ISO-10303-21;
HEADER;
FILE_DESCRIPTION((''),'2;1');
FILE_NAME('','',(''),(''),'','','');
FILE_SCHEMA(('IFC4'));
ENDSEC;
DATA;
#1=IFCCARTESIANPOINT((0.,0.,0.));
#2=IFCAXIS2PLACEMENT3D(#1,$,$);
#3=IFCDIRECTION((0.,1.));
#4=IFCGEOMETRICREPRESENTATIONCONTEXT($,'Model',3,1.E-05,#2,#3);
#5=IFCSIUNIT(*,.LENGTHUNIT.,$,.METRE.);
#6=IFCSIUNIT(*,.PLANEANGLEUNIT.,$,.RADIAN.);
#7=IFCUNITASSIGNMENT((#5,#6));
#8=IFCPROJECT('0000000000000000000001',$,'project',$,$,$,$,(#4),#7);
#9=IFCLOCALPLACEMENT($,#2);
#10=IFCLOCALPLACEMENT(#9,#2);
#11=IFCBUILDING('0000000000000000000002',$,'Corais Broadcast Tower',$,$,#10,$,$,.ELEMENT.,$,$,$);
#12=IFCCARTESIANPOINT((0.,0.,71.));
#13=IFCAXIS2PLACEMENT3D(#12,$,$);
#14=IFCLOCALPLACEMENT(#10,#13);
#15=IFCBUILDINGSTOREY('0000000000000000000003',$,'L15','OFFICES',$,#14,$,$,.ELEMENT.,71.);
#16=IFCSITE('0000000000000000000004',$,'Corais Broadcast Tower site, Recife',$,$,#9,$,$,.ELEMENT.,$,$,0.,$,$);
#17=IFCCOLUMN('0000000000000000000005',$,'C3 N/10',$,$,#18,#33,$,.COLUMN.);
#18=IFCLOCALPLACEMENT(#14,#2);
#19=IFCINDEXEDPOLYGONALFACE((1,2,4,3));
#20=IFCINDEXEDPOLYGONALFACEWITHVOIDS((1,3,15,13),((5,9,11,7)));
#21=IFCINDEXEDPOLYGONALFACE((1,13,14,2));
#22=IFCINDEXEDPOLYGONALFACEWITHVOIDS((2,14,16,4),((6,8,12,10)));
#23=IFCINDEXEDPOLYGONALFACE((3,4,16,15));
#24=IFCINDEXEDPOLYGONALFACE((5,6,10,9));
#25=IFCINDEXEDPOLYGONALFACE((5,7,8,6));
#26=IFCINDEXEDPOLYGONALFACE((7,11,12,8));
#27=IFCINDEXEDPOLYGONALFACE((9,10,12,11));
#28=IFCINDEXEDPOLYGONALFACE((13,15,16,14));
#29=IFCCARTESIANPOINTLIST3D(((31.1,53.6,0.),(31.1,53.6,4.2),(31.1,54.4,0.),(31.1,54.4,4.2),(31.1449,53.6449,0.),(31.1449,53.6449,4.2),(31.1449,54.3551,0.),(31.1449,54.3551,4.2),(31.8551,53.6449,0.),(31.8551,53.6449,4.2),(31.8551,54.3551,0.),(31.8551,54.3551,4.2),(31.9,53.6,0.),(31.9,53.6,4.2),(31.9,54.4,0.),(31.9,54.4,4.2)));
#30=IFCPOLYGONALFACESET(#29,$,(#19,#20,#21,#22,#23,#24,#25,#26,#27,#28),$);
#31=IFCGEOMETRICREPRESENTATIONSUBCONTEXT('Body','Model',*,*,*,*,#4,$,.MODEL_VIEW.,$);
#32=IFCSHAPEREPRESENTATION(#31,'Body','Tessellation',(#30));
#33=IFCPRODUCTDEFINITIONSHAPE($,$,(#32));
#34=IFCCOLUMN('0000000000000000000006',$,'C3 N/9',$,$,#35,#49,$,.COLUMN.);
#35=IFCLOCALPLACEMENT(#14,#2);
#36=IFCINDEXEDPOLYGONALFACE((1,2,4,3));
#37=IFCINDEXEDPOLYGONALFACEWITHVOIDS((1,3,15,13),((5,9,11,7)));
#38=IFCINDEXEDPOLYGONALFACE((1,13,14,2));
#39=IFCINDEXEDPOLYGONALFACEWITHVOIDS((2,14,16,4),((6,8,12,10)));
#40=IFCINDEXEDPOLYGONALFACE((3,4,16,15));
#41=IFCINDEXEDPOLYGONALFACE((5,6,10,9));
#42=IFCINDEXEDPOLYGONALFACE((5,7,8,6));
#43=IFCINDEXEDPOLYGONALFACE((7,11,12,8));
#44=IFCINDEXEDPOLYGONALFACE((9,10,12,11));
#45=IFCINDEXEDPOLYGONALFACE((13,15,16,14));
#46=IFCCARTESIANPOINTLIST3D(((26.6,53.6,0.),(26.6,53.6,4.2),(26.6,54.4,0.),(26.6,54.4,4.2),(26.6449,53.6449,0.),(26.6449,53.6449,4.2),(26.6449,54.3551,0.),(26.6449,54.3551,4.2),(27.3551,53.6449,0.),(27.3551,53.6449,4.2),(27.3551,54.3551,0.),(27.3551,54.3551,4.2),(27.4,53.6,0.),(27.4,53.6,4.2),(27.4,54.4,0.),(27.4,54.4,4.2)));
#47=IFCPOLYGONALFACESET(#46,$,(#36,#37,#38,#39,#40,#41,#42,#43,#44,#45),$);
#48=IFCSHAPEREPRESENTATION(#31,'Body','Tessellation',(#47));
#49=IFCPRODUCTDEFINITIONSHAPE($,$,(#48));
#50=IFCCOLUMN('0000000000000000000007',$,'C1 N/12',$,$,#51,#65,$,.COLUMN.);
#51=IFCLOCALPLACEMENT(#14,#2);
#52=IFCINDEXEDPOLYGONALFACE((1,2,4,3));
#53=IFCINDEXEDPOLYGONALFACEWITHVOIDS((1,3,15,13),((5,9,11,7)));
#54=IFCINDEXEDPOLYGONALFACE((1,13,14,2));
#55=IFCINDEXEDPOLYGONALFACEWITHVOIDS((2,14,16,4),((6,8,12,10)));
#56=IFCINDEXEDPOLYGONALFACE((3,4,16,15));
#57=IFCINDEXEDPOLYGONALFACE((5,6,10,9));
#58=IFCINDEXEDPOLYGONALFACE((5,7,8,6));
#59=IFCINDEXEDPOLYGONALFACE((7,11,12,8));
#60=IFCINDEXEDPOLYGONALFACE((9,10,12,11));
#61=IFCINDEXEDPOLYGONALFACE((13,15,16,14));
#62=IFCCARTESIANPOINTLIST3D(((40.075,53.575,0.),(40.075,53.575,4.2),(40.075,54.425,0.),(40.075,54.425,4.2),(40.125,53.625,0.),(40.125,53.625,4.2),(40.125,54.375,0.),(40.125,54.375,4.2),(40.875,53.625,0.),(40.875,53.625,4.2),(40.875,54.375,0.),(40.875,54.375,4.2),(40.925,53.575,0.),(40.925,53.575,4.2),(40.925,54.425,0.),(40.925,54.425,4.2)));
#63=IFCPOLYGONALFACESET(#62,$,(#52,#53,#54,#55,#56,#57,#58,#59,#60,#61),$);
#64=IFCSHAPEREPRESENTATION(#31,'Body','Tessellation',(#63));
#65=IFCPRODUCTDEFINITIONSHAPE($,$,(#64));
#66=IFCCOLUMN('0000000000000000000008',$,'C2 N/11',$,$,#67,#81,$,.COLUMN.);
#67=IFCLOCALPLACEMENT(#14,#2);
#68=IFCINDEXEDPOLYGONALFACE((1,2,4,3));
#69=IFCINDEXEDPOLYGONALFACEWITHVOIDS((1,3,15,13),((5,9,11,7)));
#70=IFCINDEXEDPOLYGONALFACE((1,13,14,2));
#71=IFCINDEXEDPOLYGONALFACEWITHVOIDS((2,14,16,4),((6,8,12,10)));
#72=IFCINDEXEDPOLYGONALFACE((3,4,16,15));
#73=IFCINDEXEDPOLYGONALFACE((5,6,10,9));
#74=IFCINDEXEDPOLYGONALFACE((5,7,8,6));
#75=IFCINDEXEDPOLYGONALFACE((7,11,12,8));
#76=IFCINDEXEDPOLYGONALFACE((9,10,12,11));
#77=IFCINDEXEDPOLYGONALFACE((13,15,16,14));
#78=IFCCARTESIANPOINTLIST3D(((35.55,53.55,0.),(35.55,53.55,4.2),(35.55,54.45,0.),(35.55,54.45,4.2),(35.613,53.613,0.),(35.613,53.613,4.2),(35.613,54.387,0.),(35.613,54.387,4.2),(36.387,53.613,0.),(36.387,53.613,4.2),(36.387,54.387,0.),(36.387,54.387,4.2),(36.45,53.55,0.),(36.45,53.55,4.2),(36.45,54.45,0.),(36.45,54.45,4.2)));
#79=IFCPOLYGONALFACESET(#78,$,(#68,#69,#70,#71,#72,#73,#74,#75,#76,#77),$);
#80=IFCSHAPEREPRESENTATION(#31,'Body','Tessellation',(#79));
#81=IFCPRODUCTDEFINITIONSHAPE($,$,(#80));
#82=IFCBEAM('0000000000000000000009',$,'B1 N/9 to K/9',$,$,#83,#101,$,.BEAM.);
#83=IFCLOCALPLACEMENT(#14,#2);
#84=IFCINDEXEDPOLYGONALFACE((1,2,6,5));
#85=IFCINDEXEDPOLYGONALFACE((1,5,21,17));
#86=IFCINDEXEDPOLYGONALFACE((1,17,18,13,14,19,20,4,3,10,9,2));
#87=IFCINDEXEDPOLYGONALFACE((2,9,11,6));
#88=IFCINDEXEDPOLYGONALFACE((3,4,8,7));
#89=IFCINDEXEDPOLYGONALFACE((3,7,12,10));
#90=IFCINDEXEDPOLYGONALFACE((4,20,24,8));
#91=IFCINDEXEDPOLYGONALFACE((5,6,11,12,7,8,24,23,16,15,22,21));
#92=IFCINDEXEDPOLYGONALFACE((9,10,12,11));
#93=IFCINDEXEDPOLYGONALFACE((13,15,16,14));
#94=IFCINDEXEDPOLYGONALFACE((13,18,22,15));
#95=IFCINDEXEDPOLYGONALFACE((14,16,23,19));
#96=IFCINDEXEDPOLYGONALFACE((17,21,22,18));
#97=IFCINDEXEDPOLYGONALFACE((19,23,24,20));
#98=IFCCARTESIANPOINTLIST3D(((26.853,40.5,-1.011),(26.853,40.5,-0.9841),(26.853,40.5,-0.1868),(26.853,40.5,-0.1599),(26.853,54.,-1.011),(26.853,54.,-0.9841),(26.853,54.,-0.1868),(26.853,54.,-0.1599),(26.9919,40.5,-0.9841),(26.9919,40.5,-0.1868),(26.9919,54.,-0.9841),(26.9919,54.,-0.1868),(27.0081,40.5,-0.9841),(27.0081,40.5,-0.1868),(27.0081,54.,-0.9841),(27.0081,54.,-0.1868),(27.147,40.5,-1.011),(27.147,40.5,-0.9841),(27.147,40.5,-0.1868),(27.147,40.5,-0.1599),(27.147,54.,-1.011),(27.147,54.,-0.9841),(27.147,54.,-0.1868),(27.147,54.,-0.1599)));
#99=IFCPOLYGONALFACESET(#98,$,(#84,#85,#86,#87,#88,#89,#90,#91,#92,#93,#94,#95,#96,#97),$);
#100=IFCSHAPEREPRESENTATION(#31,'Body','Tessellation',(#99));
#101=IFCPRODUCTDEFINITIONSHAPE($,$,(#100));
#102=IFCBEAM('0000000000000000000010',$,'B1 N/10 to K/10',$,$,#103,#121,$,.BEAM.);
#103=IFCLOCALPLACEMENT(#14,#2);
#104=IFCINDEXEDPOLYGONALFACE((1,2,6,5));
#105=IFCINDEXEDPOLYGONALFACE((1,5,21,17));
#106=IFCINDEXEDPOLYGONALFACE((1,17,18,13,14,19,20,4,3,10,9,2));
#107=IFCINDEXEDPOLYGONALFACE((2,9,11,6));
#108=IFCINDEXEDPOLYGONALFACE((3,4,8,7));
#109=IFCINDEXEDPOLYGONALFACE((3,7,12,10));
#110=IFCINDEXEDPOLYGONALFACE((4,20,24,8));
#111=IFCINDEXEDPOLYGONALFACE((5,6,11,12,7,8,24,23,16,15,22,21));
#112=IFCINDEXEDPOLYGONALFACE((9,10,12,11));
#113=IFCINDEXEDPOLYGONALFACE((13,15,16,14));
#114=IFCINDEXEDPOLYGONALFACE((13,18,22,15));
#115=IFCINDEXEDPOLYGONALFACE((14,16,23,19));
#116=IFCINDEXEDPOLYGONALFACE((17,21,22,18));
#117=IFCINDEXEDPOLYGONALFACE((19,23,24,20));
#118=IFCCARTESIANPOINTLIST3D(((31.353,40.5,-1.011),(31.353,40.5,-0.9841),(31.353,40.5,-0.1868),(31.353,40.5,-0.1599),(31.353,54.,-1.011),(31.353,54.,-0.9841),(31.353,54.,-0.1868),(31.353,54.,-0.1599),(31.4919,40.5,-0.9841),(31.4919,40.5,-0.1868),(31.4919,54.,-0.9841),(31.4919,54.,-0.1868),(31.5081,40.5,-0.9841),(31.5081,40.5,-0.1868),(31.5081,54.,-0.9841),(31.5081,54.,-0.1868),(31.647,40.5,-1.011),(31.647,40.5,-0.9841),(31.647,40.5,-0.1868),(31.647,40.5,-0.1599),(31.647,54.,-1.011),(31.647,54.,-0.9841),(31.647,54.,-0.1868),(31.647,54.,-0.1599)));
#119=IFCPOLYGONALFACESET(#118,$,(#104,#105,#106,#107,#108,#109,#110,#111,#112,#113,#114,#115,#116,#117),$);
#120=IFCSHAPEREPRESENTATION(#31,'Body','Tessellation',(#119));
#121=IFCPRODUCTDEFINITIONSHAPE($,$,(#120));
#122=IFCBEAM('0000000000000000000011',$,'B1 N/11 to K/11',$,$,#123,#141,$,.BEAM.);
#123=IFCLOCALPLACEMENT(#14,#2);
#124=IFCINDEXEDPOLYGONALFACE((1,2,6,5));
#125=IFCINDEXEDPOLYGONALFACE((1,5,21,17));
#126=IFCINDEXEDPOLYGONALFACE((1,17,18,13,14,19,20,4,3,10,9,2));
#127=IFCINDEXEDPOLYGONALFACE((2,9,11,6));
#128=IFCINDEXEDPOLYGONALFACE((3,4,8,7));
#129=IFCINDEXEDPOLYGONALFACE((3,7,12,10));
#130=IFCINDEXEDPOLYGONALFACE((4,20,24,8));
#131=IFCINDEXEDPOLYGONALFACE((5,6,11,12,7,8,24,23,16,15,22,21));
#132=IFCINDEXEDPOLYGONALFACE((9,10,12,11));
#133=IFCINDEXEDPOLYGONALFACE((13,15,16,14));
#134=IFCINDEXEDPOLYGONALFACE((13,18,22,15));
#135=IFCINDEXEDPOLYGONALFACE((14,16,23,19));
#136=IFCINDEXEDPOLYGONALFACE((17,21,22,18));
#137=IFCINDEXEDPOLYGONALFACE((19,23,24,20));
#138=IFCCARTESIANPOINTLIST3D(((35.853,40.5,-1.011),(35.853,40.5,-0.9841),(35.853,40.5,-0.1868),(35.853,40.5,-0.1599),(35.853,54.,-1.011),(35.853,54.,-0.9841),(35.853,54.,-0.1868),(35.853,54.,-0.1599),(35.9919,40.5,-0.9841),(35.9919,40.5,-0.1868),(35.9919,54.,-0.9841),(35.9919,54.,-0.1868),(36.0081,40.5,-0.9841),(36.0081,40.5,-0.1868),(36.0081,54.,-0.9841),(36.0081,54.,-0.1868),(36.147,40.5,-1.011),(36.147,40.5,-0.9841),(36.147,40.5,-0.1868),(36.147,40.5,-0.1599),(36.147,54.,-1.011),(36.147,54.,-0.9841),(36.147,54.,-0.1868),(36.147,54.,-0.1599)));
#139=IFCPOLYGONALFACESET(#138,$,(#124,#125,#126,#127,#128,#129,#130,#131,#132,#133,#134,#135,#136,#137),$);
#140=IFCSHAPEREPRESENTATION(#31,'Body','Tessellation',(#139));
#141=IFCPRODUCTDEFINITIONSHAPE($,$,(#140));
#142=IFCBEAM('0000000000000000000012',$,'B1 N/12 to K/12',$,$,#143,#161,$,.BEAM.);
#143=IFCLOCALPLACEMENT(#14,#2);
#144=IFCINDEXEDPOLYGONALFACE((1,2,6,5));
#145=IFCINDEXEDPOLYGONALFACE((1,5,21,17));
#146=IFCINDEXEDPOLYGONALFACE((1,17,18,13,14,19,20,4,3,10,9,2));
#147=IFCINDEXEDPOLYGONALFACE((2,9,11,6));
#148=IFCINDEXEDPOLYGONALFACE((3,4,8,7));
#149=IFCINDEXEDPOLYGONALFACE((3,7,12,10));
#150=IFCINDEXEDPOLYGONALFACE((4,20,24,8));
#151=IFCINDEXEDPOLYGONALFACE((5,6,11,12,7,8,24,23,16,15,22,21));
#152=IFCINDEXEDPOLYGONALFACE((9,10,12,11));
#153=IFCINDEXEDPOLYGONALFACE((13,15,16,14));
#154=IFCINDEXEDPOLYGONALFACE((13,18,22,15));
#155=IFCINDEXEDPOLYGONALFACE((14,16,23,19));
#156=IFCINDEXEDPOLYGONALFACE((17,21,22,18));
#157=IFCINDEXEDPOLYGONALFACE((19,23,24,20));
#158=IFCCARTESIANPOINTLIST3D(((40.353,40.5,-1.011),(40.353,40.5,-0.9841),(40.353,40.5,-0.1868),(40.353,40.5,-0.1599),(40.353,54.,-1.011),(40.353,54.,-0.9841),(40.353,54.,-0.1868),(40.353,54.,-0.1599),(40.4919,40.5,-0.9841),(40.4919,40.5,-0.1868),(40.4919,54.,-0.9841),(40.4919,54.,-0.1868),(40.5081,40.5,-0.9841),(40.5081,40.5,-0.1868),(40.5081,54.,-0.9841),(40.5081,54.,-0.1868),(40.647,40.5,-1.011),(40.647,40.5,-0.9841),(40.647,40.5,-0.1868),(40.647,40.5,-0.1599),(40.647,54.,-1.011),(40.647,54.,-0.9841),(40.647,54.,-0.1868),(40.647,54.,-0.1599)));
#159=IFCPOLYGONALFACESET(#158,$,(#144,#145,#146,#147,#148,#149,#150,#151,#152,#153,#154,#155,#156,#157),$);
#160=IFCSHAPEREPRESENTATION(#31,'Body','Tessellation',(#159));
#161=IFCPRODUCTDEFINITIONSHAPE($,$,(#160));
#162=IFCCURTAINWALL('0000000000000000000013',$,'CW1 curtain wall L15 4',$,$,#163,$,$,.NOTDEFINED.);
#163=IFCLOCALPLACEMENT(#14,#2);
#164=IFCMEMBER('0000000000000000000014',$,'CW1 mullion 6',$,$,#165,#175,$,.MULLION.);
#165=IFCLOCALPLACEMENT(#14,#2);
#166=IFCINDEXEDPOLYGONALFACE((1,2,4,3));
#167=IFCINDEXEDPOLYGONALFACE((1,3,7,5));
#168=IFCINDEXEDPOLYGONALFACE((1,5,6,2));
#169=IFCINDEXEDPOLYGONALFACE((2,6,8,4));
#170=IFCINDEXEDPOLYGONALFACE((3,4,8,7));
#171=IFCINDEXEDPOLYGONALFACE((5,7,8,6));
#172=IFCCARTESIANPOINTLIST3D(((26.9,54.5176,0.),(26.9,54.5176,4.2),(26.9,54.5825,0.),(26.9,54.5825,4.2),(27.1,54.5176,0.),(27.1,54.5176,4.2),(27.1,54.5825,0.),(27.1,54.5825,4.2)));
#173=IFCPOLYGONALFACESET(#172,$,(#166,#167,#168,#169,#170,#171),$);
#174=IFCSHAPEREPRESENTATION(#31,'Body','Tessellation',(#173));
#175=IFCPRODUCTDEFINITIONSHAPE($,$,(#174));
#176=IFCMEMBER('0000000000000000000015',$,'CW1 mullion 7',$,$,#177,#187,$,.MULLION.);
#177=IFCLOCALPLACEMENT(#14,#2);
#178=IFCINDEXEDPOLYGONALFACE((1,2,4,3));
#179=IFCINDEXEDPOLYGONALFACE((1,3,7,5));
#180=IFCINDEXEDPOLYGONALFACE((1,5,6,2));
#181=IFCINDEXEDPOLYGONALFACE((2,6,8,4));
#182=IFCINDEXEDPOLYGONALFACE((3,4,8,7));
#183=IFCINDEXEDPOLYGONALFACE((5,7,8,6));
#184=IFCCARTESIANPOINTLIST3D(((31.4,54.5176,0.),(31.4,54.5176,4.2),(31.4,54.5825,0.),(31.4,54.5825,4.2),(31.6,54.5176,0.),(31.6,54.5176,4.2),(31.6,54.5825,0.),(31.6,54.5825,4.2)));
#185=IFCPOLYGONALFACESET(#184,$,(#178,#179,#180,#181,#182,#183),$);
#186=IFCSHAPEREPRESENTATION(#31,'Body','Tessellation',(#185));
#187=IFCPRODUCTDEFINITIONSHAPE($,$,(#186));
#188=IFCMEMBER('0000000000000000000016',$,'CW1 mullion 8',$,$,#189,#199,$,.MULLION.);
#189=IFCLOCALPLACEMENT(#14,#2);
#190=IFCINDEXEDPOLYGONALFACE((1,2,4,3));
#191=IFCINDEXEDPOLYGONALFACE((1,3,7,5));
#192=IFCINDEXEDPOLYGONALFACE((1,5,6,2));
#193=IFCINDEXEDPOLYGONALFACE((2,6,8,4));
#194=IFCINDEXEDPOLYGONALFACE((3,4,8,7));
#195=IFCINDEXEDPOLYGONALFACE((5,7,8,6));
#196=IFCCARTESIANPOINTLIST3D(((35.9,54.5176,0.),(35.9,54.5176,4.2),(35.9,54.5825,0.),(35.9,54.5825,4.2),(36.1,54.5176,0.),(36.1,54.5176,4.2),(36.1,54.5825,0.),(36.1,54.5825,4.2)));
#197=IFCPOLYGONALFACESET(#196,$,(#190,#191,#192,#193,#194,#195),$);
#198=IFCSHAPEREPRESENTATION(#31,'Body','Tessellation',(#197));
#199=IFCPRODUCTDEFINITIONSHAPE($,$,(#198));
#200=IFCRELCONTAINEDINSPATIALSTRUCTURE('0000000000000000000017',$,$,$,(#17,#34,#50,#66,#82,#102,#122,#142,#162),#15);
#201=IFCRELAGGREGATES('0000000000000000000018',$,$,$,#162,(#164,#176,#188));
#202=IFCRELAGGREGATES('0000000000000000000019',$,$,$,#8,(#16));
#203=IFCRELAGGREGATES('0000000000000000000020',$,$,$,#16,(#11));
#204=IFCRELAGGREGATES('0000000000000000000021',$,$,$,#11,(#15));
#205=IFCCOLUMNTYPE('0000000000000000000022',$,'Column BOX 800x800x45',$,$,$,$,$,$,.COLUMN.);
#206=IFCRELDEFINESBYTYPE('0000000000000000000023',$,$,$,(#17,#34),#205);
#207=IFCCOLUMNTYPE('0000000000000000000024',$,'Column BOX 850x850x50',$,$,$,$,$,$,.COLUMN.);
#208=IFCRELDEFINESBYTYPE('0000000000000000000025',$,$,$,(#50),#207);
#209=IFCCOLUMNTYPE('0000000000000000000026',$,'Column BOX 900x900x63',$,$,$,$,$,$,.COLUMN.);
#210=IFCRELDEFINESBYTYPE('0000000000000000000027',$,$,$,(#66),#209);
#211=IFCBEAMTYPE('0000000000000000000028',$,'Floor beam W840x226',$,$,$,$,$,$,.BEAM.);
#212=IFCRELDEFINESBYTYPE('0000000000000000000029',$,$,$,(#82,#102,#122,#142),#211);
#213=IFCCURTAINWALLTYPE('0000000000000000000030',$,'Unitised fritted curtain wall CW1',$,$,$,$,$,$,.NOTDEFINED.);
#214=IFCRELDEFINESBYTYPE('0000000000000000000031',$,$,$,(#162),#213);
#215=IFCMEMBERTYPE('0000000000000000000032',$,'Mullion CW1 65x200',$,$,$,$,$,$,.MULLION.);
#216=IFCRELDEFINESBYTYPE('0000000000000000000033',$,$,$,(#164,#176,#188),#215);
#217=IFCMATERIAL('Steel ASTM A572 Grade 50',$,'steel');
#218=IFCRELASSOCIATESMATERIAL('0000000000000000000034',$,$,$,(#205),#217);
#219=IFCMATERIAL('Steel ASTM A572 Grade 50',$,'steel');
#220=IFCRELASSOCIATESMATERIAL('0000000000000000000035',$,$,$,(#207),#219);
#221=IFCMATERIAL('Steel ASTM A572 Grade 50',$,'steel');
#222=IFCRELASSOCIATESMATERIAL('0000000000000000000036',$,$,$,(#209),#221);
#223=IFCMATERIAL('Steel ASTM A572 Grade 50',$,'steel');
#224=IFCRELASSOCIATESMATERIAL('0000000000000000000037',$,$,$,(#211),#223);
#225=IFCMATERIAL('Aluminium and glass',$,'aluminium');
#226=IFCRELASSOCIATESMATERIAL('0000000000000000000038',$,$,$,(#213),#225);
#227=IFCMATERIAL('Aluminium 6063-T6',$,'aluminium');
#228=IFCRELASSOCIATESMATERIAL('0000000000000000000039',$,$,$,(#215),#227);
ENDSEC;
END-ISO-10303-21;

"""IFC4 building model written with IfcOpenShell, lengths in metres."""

from ifc_helpers import new_model, si_unit, direction, frame, origin, origin_2d, place, context, subcontext, project, spatial, rectangle, hollow_rectangle, i_section, extrude, material, material_profile, profile_set, type_object, element, aggregate, save


model = new_model("IFC4")

# Units and contexts
model_context = context("Model", 3, precision=1e-05, world=origin(), true_north=direction((0.0, 1.0)))
body_context = subcontext(model_context, "Body", "Model", "MODEL_VIEW")
ifc_project = project(units=[si_unit("LENGTHUNIT", "METRE"), si_unit("PLANEANGLEUNIT", "RADIAN")], contexts=[model_context])

# Site, building, storey
site_placement = place(None, origin())
site = spatial("IfcSite", under=ifc_project, at=site_placement, Name="Corais Broadcast Tower site, Recife", CompositionType="ELEMENT", RefElevation=0.0)
building_placement = place(site_placement, origin())
building = spatial("IfcBuilding", under=site, at=building_placement, Name="Corais Broadcast Tower", CompositionType="ELEMENT")
storey_placement = place(building_placement, frame((0.0, 0.0, 71.0)))
storey = spatial("IfcBuildingStorey", under=building, at=storey_placement, Name="L15", Description="OFFICES", CompositionType="ELEMENT", Elevation=71.0)

# Columns
ifc_material_1 = material(Name="Steel ASTM A572 Grade 50", Category="steel")
ifc_material_profile_1 = material_profile(ifc_material_1, hollow_rectangle(XDim=0.8, YDim=0.8, WallThickness=0.0449, at=origin_2d()), Name="BOX 800x800x45")
ifc_profile_set_1 = profile_set([ifc_material_profile_1], Name="Steel ASTM A572 Grade 50")
column_type_1 = type_object("IfcColumnType", Name="Column BOX 800x800x45", PredefinedType="COLUMN", material=ifc_profile_set_1)
for number, where, z_axis, x_axis, name in (
    (1, (31.5, 54.0, 0.0), (0.0, 0.0, 1.0), (1.0, 0.0, 0.0), "C3 N/10"),
    (2, (27.0, 54.0, 0.0), (0.0, 0.0, 1.0), (1.0, 0.0, 0.0), "C3 N/9"),
):
    element("IfcColumn", number, at=place(storey_placement, frame(where, z_axis=z_axis, x_axis=x_axis)), inside=storey, type_object=column_type_1, Name=name, PredefinedType="COLUMN", context=body_context, shape_type="SweptSolid", body=[
        extrude(hollow_rectangle(XDim=0.8, YDim=0.8, WallThickness=0.0449, at=origin_2d()), origin(), (0.0, 0.0, 1.0), 4.2),
    ])
ifc_material_2 = material(Name="Steel ASTM A572 Grade 50", Category="steel")
ifc_material_profile_2 = material_profile(ifc_material_2, hollow_rectangle(XDim=0.8501, YDim=0.8501, WallThickness=0.05, at=origin_2d()), Name="BOX 850x850x50")
ifc_profile_set_2 = profile_set([ifc_material_profile_2], Name="Steel ASTM A572 Grade 50")
column_type_2 = type_object("IfcColumnType", Name="Column BOX 850x850x50", PredefinedType="COLUMN", material=ifc_profile_set_2)
column_1_placement = place(storey_placement, frame((40.5, 54.0, 0.0), z_axis=(0.0, 0.0, 1.0), x_axis=(1.0, 0.0, 0.0)))
element("IfcColumn", 3, at=column_1_placement, inside=storey, type_object=column_type_2, Name="C1 N/12", PredefinedType="COLUMN", context=body_context, shape_type="SweptSolid", body=[
    extrude(hollow_rectangle(XDim=0.8501, YDim=0.8501, WallThickness=0.05, at=origin_2d()), origin(), (0.0, 0.0, 1.0), 4.2),
])
ifc_material_3 = material(Name="Steel ASTM A572 Grade 50", Category="steel")
ifc_material_profile_3 = material_profile(ifc_material_3, hollow_rectangle(XDim=0.8999, YDim=0.8999, WallThickness=0.063, at=origin_2d()), Name="BOX 900x900x63")
ifc_profile_set_3 = profile_set([ifc_material_profile_3], Name="Steel ASTM A572 Grade 50")
column_type_3 = type_object("IfcColumnType", Name="Column BOX 900x900x63", PredefinedType="COLUMN", material=ifc_profile_set_3)
column_2_placement = place(storey_placement, frame((36.0, 54.0, 0.0), z_axis=(0.0, 0.0, 1.0), x_axis=(1.0, 0.0, 0.0)))
element("IfcColumn", 4, at=column_2_placement, inside=storey, type_object=column_type_3, Name="C2 N/11", PredefinedType="COLUMN", context=body_context, shape_type="SweptSolid", body=[
    extrude(hollow_rectangle(XDim=0.8999, YDim=0.8999, WallThickness=0.063, at=origin_2d()), origin(), (0.0, 0.0, 1.0), 4.2),
])

# Beams
ifc_material_4 = material(Name="Steel ASTM A572 Grade 50", Category="steel")
ifc_material_profile_4 = material_profile(ifc_material_4, i_section(OverallWidth=0.2939, OverallDepth=0.8511, WebThickness=0.0161, FlangeThickness=0.0269, at=origin_2d()), Name="W840x226")
ifc_profile_set_4 = profile_set([ifc_material_profile_4], Name="Steel ASTM A572 Grade 50")
beam_type_1 = type_object("IfcBeamType", Name="Floor beam W840x226", PredefinedType="BEAM", material=ifc_profile_set_4)
for number, where, z_axis, x_axis, name in (
    (5, (27.0, 54.0, -0.5854), (0.0, -1.0, 0.0), (1.0, 0.0, 0.0), "B1 N/9 to K/9"),
    (6, (31.5, 54.0, -0.5854), (0.0, -1.0, 0.0), (1.0, 0.0, 0.0), "B1 N/10 to K/10"),
    (7, (36.0, 54.0, -0.5854), (0.0, -1.0, 0.0), (1.0, 0.0, 0.0), "B1 N/11 to K/11"),
    (8, (40.5, 54.0, -0.5854), (0.0, -1.0, 0.0), (1.0, 0.0, 0.0), "B1 N/12 to K/12"),
):
    element("IfcBeam", number, at=place(storey_placement, frame(where, z_axis=z_axis, x_axis=x_axis)), inside=storey, type_object=beam_type_1, Name=name, PredefinedType="BEAM", context=body_context, shape_type="SweptSolid", body=[
        extrude(i_section(OverallWidth=0.2939, OverallDepth=0.8511, WebThickness=0.0161, FlangeThickness=0.0269, at=origin_2d()), origin(), (0.0, 0.0, 1.0), 13.5),
    ])

# Curtain wall, members
ifc_material_5 = material(Name="Aluminium and glass", Category="aluminium")
curtain_wall_type = type_object("IfcCurtainWallType", Name="Unitised fritted curtain wall CW1", PredefinedType="NOTDEFINED", material=ifc_material_5)
curtain_wall_placement = place(storey_placement, origin())
curtain_wall = element("IfcCurtainWall", 9, at=curtain_wall_placement, inside=storey, type_object=curtain_wall_type, Name="CW1 curtain wall L15 4", PredefinedType="NOTDEFINED")
ifc_material_6 = material(Name="Aluminium 6063-T6", Category="aluminium")
ifc_material_profile_5 = material_profile(ifc_material_6, rectangle(XDim=0.0649, YDim=0.2, at=origin_2d()), Name="Mullion CW1 65x200")
ifc_profile_set_5 = profile_set([ifc_material_profile_5], Name="Aluminium 6063-T6")
member_type_1 = type_object("IfcMemberType", Name="Mullion CW1 65x200", PredefinedType="MULLION", material=ifc_profile_set_5)
member_1_placement = place(storey_placement, frame((27.0, 54.55, 0.0), z_axis=(0.0, 0.0, 1.0), x_axis=(0.0, 1.0, 0.0)))
member_1 = element("IfcMember", 10, at=member_1_placement, type_object=member_type_1, Name="CW1 mullion 6", PredefinedType="MULLION", context=body_context, shape_type="SweptSolid", body=[
    extrude(rectangle(XDim=0.0649, YDim=0.2, at=origin_2d()), origin(), (0.0, 0.0, 1.0), 4.2),
])
member_2_placement = place(storey_placement, frame((31.5, 54.55, 0.0), z_axis=(0.0, 0.0, 1.0), x_axis=(0.0, 1.0, 0.0)))
member_2 = element("IfcMember", 11, at=member_2_placement, type_object=member_type_1, Name="CW1 mullion 7", PredefinedType="MULLION", context=body_context, shape_type="SweptSolid", body=[
    extrude(rectangle(XDim=0.0649, YDim=0.2, at=origin_2d()), origin(), (0.0, 0.0, 1.0), 4.2),
])
member_3_placement = place(storey_placement, frame((36.0, 54.55, 0.0), z_axis=(0.0, 0.0, 1.0), x_axis=(0.0, 1.0, 0.0)))
member_3 = element("IfcMember", 12, at=member_3_placement, type_object=member_type_1, Name="CW1 mullion 8", PredefinedType="MULLION", context=body_context, shape_type="SweptSolid", body=[
    extrude(rectangle(XDim=0.0649, YDim=0.2, at=origin_2d()), origin(), (0.0, 0.0, 1.0), 4.2),
])

aggregate(curtain_wall, [member_1, member_2, member_3])

save(model, "model.ifc")
